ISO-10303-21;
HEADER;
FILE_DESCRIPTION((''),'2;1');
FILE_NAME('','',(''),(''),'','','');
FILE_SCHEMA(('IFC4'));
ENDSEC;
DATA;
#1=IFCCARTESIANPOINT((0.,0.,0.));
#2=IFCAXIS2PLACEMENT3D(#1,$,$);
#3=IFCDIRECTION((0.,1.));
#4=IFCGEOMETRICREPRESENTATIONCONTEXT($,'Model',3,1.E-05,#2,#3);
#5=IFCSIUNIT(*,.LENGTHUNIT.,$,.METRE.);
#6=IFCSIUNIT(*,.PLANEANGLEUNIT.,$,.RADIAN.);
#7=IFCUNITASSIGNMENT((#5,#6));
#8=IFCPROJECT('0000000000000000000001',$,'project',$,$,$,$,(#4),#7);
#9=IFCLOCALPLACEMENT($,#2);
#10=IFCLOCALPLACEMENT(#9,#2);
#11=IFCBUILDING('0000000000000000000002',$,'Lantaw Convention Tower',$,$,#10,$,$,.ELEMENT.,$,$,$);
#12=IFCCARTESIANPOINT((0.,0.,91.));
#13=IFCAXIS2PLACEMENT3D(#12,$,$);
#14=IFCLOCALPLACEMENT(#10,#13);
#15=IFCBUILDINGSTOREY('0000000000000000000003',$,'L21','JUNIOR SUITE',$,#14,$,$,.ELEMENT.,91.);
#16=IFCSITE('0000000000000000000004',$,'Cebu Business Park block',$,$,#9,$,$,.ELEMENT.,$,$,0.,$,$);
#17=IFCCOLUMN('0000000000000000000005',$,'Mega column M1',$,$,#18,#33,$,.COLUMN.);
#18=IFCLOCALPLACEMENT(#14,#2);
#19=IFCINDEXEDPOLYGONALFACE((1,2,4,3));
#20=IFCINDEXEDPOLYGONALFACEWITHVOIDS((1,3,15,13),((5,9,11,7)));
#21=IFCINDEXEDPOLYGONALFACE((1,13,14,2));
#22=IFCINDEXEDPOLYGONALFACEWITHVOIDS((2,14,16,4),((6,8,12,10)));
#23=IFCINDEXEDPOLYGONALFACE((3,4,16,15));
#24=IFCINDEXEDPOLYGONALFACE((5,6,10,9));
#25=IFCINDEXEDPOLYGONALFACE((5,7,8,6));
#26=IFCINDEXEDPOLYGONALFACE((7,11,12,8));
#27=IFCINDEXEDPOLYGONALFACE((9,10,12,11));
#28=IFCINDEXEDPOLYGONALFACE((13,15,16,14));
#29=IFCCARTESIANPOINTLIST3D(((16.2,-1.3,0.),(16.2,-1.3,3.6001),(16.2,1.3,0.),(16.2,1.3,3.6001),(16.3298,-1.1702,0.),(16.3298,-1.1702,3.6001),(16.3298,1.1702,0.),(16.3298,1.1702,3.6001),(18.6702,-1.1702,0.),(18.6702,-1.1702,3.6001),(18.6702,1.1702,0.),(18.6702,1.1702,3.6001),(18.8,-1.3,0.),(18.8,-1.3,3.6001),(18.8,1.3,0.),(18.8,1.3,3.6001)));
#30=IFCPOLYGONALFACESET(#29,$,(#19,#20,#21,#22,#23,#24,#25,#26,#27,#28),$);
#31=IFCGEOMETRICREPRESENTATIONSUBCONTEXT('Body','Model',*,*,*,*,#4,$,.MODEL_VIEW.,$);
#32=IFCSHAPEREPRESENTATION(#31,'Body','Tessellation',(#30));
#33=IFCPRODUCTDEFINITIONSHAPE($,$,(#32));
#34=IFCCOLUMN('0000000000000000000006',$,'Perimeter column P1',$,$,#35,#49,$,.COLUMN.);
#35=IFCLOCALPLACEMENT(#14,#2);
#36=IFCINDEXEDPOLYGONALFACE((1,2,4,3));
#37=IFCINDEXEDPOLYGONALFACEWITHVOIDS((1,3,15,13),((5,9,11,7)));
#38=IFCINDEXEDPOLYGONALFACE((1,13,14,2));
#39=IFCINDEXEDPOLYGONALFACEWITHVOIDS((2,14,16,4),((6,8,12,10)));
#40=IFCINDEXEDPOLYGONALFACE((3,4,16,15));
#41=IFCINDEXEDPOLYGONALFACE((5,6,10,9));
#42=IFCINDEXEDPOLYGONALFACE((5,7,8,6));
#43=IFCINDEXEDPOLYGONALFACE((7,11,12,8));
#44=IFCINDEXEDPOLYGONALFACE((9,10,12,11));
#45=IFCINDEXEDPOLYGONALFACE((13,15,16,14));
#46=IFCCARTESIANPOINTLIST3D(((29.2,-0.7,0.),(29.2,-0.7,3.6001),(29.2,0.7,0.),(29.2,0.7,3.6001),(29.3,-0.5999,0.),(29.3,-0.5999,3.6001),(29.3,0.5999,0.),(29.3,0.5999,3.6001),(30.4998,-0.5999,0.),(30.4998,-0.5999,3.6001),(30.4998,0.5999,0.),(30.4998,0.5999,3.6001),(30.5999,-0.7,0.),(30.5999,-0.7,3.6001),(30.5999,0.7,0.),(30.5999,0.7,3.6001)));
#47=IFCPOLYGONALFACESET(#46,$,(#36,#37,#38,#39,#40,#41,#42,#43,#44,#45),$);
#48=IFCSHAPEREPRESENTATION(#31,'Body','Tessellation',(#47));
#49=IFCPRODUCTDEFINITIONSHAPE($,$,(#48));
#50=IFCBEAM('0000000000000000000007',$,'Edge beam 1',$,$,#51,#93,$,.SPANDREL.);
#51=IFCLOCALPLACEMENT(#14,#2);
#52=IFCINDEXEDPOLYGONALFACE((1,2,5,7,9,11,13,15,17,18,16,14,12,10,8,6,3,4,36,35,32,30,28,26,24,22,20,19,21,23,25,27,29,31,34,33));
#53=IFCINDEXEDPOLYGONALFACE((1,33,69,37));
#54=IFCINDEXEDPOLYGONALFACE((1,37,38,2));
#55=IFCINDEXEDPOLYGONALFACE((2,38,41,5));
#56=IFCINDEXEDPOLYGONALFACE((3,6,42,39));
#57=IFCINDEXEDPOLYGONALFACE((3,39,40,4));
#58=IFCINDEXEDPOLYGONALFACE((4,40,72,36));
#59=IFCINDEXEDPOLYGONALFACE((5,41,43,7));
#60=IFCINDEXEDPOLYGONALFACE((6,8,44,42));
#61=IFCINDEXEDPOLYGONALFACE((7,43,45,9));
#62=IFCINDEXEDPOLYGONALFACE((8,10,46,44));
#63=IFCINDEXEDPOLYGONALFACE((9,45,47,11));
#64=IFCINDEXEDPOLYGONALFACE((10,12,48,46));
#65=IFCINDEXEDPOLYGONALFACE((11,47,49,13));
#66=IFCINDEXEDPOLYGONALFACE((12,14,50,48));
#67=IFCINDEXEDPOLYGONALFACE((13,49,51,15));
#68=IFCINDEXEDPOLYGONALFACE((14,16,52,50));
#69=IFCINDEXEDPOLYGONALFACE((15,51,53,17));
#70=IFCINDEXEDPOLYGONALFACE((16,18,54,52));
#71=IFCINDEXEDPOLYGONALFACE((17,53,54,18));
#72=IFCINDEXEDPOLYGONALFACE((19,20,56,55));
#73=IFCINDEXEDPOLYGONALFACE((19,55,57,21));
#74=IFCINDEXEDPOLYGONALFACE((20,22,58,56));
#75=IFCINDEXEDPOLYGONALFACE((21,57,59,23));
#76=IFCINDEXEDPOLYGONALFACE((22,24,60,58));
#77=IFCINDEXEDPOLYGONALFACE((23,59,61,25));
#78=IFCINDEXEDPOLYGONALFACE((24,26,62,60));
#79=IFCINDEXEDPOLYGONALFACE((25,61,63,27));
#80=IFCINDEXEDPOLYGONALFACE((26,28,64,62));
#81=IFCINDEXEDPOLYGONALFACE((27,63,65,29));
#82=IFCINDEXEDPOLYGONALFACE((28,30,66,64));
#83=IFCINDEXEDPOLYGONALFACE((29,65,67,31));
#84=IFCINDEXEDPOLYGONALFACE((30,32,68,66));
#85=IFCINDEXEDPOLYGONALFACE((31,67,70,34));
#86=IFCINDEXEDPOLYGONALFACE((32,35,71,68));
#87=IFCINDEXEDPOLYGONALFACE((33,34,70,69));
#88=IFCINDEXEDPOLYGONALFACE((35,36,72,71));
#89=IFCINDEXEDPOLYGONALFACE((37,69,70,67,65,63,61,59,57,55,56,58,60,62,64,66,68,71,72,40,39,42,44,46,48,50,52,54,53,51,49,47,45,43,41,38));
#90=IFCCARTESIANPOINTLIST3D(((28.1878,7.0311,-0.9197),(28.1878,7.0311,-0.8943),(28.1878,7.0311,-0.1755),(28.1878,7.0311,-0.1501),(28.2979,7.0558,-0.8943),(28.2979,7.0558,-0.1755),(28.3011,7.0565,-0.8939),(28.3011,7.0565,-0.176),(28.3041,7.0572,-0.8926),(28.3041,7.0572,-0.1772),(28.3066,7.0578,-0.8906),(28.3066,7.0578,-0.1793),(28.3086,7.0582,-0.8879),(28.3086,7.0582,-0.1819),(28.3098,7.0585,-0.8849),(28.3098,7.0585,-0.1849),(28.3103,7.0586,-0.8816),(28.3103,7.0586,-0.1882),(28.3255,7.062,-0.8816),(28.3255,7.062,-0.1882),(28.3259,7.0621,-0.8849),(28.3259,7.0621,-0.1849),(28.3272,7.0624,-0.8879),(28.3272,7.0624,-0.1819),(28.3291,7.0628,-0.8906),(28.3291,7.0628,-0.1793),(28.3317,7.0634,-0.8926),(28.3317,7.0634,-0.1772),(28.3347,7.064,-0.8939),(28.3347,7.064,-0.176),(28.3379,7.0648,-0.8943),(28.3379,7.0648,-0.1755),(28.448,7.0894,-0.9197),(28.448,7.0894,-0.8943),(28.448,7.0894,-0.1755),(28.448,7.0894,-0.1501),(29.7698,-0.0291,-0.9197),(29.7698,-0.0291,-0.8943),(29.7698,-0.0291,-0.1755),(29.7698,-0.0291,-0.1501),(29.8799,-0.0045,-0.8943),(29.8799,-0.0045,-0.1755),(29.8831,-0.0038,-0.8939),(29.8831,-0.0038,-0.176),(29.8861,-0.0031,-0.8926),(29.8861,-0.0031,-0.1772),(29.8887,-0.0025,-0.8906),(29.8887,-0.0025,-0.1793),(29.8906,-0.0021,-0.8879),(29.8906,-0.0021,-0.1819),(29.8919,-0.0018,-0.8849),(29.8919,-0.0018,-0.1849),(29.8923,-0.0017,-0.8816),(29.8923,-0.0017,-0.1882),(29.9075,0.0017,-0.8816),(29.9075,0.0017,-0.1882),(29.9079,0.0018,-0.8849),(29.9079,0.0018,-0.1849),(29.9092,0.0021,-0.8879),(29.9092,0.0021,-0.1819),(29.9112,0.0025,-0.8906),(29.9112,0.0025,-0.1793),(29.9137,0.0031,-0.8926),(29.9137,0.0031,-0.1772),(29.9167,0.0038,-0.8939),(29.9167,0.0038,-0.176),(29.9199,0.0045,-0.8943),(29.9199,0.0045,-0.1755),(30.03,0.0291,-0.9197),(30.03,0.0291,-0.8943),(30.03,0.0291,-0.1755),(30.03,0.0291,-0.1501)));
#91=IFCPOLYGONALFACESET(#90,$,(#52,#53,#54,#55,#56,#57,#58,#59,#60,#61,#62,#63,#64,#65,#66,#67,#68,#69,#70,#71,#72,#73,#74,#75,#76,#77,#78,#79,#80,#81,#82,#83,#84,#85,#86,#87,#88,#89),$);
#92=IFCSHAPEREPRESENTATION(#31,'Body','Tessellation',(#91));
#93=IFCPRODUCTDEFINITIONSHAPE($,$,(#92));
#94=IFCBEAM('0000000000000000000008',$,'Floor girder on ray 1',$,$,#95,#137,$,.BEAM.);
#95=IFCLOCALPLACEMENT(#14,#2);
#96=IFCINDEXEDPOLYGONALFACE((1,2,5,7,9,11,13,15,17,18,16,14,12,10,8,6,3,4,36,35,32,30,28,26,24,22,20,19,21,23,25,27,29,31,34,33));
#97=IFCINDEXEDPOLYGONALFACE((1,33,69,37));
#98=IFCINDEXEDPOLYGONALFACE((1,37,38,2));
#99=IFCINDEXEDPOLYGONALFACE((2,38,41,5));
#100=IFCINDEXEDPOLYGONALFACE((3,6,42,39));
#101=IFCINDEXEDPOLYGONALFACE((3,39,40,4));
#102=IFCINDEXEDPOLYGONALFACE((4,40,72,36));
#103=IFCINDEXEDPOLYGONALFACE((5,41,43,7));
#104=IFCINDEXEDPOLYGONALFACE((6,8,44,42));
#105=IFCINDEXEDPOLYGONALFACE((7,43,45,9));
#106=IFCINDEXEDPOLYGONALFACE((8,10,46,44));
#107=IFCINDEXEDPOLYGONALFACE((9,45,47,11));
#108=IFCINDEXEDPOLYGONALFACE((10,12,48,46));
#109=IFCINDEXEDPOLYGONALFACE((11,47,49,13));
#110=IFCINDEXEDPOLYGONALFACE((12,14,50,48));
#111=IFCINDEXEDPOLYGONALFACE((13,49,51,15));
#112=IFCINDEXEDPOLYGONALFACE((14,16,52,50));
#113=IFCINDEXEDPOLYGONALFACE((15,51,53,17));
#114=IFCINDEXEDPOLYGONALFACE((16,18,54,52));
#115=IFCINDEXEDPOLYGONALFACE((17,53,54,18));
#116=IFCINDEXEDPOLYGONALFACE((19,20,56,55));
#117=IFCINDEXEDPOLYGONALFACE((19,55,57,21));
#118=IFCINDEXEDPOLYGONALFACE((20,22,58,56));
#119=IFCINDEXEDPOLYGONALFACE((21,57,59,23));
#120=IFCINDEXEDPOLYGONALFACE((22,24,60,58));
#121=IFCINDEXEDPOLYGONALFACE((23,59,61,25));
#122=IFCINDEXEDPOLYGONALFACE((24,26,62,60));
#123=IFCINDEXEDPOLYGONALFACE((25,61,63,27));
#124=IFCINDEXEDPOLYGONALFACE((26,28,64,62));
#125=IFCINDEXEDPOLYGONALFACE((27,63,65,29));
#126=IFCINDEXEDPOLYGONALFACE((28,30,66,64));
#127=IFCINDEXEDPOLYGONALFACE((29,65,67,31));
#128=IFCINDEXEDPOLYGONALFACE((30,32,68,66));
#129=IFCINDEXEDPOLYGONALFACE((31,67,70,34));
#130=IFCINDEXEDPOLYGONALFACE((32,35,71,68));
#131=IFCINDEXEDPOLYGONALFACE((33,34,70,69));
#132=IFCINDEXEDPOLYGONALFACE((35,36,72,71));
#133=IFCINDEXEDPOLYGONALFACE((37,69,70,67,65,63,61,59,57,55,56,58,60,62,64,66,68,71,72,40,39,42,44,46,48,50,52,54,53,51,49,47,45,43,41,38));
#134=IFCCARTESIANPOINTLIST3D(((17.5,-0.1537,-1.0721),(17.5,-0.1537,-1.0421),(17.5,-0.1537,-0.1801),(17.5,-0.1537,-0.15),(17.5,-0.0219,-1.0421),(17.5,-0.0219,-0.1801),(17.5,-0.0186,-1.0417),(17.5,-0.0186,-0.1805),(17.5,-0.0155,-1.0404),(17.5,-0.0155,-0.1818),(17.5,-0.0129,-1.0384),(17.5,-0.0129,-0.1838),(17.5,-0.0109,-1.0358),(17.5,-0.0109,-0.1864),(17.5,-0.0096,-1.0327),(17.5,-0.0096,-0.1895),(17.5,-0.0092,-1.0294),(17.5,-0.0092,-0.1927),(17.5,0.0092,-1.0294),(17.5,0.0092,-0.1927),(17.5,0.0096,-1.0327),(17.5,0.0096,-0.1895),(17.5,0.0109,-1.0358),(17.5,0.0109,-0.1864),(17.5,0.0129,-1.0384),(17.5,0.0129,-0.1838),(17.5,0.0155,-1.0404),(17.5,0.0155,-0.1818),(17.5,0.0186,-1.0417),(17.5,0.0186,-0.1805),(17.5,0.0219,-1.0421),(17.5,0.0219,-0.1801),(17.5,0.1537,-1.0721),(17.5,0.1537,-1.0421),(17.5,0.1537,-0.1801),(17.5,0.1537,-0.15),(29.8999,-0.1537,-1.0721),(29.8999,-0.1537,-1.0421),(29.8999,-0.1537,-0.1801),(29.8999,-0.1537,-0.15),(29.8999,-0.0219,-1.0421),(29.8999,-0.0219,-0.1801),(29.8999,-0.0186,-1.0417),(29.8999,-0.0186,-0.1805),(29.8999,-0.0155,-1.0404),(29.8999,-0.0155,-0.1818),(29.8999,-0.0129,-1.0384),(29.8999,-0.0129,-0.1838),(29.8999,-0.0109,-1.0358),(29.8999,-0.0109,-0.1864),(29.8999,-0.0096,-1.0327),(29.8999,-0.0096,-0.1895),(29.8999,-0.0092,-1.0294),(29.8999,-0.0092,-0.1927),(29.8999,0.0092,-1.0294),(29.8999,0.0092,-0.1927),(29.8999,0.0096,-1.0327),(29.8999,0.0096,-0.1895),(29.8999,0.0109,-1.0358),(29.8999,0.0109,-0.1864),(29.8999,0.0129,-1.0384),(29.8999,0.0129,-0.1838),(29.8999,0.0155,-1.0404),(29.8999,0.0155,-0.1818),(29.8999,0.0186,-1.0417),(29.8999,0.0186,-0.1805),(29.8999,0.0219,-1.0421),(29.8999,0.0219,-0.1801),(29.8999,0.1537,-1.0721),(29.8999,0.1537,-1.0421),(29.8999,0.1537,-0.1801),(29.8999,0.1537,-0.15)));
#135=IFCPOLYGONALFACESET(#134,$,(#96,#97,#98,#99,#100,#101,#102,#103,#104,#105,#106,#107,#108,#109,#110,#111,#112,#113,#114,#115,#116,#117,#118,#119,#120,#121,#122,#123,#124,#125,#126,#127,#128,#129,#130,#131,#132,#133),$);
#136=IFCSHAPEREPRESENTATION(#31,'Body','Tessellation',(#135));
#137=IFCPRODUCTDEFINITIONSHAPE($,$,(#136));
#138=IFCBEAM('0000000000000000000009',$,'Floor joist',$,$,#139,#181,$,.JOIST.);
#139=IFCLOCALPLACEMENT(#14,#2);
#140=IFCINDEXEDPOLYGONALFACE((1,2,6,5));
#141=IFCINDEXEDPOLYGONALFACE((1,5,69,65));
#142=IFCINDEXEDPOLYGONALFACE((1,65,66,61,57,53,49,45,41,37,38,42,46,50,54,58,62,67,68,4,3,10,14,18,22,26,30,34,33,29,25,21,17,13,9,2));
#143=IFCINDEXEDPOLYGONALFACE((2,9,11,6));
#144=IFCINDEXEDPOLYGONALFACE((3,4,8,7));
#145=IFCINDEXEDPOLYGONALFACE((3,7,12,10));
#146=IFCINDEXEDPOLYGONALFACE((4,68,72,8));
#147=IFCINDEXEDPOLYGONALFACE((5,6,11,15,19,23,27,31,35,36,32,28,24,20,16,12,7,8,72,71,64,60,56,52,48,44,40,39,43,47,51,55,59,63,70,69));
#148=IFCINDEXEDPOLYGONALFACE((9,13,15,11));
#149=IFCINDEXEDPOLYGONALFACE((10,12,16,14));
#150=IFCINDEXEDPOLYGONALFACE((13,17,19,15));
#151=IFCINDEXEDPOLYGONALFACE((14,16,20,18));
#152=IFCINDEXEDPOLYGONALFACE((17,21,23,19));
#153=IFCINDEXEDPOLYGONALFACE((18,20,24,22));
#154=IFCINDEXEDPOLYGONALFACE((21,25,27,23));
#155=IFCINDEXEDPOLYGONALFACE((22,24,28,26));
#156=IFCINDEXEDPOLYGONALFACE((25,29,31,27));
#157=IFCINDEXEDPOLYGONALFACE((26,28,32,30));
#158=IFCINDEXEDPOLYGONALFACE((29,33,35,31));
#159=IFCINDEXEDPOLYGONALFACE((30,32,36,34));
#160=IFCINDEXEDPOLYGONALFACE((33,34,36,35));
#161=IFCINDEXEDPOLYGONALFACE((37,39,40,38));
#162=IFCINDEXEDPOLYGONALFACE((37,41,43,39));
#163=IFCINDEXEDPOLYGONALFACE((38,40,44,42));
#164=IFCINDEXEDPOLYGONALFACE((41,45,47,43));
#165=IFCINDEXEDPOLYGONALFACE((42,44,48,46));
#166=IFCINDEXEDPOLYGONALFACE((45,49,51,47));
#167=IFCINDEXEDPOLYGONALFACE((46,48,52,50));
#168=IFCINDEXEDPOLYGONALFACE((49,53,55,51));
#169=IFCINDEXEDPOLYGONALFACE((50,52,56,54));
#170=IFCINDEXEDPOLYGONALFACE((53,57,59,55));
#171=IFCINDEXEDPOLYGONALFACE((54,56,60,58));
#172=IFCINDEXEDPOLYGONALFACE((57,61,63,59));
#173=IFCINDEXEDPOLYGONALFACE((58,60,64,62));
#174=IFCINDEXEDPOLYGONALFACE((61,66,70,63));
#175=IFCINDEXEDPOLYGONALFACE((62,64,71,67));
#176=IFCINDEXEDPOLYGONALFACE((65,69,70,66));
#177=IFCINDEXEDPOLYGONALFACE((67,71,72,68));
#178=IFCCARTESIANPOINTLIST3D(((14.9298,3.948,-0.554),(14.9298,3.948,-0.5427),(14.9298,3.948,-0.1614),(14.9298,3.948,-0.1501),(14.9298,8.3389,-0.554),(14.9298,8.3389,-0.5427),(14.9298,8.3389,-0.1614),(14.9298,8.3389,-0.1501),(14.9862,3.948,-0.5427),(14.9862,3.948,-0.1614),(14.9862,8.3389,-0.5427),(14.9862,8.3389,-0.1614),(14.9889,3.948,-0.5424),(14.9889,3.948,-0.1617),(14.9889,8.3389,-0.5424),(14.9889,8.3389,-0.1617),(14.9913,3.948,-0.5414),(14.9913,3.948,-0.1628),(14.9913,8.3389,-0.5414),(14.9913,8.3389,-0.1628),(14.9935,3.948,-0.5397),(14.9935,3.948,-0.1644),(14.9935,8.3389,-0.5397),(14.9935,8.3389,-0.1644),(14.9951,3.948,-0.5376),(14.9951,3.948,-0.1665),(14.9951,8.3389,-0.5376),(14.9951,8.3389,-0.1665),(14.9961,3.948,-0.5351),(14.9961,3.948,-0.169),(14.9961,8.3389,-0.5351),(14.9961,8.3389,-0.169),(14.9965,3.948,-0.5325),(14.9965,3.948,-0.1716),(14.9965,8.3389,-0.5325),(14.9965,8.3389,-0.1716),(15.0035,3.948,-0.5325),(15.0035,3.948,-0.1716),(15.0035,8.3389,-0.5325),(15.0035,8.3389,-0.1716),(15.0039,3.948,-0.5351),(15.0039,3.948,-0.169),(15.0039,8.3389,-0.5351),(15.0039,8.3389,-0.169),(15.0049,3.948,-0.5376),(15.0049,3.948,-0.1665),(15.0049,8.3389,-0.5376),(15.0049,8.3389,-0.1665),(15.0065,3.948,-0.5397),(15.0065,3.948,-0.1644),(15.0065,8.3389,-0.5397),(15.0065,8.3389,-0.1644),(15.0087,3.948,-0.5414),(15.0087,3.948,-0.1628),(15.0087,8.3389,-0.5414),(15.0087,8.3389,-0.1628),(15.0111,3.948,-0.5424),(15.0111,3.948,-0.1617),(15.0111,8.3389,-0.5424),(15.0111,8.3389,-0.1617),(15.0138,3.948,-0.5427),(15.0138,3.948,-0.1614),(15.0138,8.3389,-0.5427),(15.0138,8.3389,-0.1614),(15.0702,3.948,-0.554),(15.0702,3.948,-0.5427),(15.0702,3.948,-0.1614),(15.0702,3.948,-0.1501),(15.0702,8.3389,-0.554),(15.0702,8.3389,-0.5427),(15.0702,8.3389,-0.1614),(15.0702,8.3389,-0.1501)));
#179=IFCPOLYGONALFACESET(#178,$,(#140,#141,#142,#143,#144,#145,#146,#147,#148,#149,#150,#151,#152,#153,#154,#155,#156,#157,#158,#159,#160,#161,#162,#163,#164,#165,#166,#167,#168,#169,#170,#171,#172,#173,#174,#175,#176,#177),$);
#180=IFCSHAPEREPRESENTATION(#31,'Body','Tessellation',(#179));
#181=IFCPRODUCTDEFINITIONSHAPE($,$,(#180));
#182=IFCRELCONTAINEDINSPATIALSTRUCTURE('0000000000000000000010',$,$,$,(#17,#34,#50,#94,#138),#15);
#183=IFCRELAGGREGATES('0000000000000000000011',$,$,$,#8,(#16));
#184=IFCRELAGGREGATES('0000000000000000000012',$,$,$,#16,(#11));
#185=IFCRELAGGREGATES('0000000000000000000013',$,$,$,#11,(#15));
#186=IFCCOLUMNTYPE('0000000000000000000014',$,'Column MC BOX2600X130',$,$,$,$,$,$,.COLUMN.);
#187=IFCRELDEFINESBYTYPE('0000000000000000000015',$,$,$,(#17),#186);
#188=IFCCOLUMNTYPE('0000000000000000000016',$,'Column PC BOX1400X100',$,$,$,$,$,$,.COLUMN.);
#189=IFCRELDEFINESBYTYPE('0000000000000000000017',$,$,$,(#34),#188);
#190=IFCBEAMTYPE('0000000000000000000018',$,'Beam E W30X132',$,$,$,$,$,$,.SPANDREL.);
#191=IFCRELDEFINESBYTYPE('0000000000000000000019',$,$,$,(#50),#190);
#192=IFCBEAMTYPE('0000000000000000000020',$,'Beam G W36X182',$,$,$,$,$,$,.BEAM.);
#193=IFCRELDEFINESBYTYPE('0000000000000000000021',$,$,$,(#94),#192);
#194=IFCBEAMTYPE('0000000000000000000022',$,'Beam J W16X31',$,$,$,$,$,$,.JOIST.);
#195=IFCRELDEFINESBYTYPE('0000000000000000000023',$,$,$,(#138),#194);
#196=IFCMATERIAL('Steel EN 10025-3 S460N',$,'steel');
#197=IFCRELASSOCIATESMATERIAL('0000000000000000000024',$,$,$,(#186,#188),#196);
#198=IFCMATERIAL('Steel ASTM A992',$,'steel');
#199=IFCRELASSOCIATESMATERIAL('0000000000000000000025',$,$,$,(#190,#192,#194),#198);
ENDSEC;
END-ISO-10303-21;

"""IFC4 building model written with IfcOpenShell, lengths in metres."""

from ifc_helpers import new_model, si_unit, direction, frame, origin, origin_2d, place, context, subcontext, project, spatial, rectangle, hollow_rectangle, i_section, extrude, material, material_profile, profile_set, type_object, element, save


model = new_model("IFC4")

# Units and contexts
model_context = context("Model", 3, precision=1e-05, world=origin(), true_north=direction((0.0, 1.0)))
body_context = subcontext(model_context, "Body", "Model", "MODEL_VIEW")
ifc_project = project(units=[si_unit("LENGTHUNIT", "METRE"), si_unit("PLANEANGLEUNIT", "RADIAN")], contexts=[model_context])

# Site, building, storey
site_placement = place(None, origin())
site = spatial("IfcSite", under=ifc_project, at=site_placement, Name="Cebu Business Park block", CompositionType="ELEMENT", RefElevation=0.0)
building_placement = place(site_placement, origin())
building = spatial("IfcBuilding", under=site, at=building_placement, Name="Lantaw Convention Tower", CompositionType="ELEMENT")
storey_placement = place(building_placement, frame((0.0, 0.0, 91.0)))
storey = spatial("IfcBuildingStorey", under=building, at=storey_placement, Name="L21", Description="JUNIOR SUITE", CompositionType="ELEMENT", Elevation=91.0)

# Columns
ifc_material_1 = material(Name="Steel EN 10025-3 S460N", Category="steel")
ifc_material_profile_1 = material_profile(ifc_material_1, hollow_rectangle(XDim=2.6001, YDim=2.6001, WallThickness=0.1299, at=origin_2d()), Name="BOX2600X130")
ifc_material_2 = material(Name="Concrete C60/75", Category="concrete")
ifc_material_profile_2 = material_profile(ifc_material_2, rectangle(XDim=2.3401, YDim=2.3401, at=origin_2d()), Name="Concrete fill of BOX2600X130")
ifc_profile_set_1 = profile_set([ifc_material_profile_1, ifc_material_profile_2], Name="Steel EN 10025-3 S460N")
column_type_1 = type_object("IfcColumnType", Name="Column MC BOX2600X130", PredefinedType="COLUMN", material=ifc_profile_set_1)
column_1_placement = place(storey_placement, frame((17.5, 0.0, 0.0), z_axis=(0.0, 0.0, 1.0), x_axis=(1.0, 0.0, 0.0)))
element("IfcColumn", 1, at=column_1_placement, inside=storey, type_object=column_type_1, Name="Mega column M1", PredefinedType="COLUMN", context=body_context, shape_type="SweptSolid", body=[
    extrude(hollow_rectangle(XDim=2.6001, YDim=2.6001, WallThickness=0.1299, at=origin_2d()), origin(), (0.0, 0.0, 1.0), 3.6001),
])
ifc_material_profile_3 = material_profile(ifc_material_1, hollow_rectangle(XDim=1.3999, YDim=1.3999, WallThickness=0.1001, at=origin_2d()), Name="BOX1400X100")
ifc_material_profile_4 = material_profile(ifc_material_2, rectangle(XDim=1.2, YDim=1.2, at=origin_2d()), Name="Concrete fill of BOX1400X100")
ifc_profile_set_2 = profile_set([ifc_material_profile_3, ifc_material_profile_4], Name="Steel EN 10025-3 S460N")
column_type_2 = type_object("IfcColumnType", Name="Column PC BOX1400X100", PredefinedType="COLUMN", material=ifc_profile_set_2)
column_2_placement = place(storey_placement, frame((29.8999, 0.0, 0.0), z_axis=(0.0, 0.0, 1.0), x_axis=(1.0, 0.0, 0.0)))
element("IfcColumn", 2, at=column_2_placement, inside=storey, type_object=column_type_2, Name="Perimeter column P1", PredefinedType="COLUMN", context=body_context, shape_type="SweptSolid", body=[
    extrude(hollow_rectangle(XDim=1.3999, YDim=1.3999, WallThickness=0.1001, at=origin_2d()), origin(), (0.0, 0.0, 1.0), 3.6001),
])

# Beams
ifc_material_3 = material(Name="Steel ASTM A992", Category="steel")
ifc_material_profile_5 = material_profile(ifc_material_3, i_section(OverallWidth=0.2666, OverallDepth=0.7695, WebThickness=0.0156, FlangeThickness=0.0254, FilletRadius=0.0127, at=origin_2d()), Name="W30X132")
ifc_profile_set_3 = profile_set([ifc_material_profile_5], Name="Steel ASTM A992")
beam_type_1 = type_object("IfcBeamType", Name="Beam E W30X132", PredefinedType="SPANDREL", material=ifc_profile_set_3)
beam_1_placement = place(storey_placement, frame((29.8999, 0.0, -0.5349), z_axis=(-0.218652, 0.975803, 0.0), x_axis=(-0.975803, -0.218652, 0.0)))
element("IfcBeam", 3, at=beam_1_placement, inside=storey, type_object=beam_type_1, Name="Edge beam 1", PredefinedType="SPANDREL", context=body_context, shape_type="SweptSolid", body=[
    extrude(i_section(OverallWidth=0.2666, OverallDepth=0.7695, WebThickness=0.0156, FlangeThickness=0.0254, FilletRadius=0.0127, at=origin_2d()), origin(), (0.0, 0.0, 1.0), 7.2354),
])
ifc_material_profile_6 = material_profile(ifc_material_3, i_section(OverallWidth=0.3074, OverallDepth=0.9221, WebThickness=0.0183, FlangeThickness=0.03, FilletRadius=0.0127, at=origin_2d()), Name="W36X182")
ifc_profile_set_4 = profile_set([ifc_material_profile_6], Name="Steel ASTM A992")
beam_type_2 = type_object("IfcBeamType", Name="Beam G W36X182", PredefinedType="BEAM", material=ifc_profile_set_4)
beam_2_placement = place(storey_placement, frame((17.5, 0.0, -0.6111), z_axis=(1.0, 0.0, 0.0), x_axis=(0.0, 1.0, 0.0)))
element("IfcBeam", 4, at=beam_2_placement, inside=storey, type_object=beam_type_2, Name="Floor girder on ray 1", PredefinedType="BEAM", context=body_context, shape_type="SweptSolid", body=[
    extrude(i_section(OverallWidth=0.3074, OverallDepth=0.9221, WebThickness=0.0183, FlangeThickness=0.03, FilletRadius=0.0127, at=origin_2d()), origin(), (0.0, 0.0, 1.0), 12.3999),
])
ifc_material_profile_7 = material_profile(ifc_material_3, i_section(OverallWidth=0.1404, OverallDepth=0.4038, WebThickness=0.0071, FlangeThickness=0.0112, FilletRadius=0.0103, at=origin_2d()), Name="W16X31")
ifc_profile_set_5 = profile_set([ifc_material_profile_7], Name="Steel ASTM A992")
beam_type_3 = type_object("IfcBeamType", Name="Beam J W16X31", PredefinedType="JOIST", material=ifc_profile_set_5)
beam_3_placement = place(storey_placement, frame((15.0, 3.948, -0.3521), z_axis=(0.0, 1.0, 0.0), x_axis=(-1.0, 0.0, 0.0)))
element("IfcBeam", 5, at=beam_3_placement, inside=storey, type_object=beam_type_3, Name="Floor joist", PredefinedType="JOIST", context=body_context, shape_type="SweptSolid", body=[
    extrude(i_section(OverallWidth=0.1404, OverallDepth=0.4038, WebThickness=0.0071, FlangeThickness=0.0112, FilletRadius=0.0103, at=origin_2d()), origin(), (0.0, 0.0, 1.0), 4.3909),
])

save(model, "model.ifc")
